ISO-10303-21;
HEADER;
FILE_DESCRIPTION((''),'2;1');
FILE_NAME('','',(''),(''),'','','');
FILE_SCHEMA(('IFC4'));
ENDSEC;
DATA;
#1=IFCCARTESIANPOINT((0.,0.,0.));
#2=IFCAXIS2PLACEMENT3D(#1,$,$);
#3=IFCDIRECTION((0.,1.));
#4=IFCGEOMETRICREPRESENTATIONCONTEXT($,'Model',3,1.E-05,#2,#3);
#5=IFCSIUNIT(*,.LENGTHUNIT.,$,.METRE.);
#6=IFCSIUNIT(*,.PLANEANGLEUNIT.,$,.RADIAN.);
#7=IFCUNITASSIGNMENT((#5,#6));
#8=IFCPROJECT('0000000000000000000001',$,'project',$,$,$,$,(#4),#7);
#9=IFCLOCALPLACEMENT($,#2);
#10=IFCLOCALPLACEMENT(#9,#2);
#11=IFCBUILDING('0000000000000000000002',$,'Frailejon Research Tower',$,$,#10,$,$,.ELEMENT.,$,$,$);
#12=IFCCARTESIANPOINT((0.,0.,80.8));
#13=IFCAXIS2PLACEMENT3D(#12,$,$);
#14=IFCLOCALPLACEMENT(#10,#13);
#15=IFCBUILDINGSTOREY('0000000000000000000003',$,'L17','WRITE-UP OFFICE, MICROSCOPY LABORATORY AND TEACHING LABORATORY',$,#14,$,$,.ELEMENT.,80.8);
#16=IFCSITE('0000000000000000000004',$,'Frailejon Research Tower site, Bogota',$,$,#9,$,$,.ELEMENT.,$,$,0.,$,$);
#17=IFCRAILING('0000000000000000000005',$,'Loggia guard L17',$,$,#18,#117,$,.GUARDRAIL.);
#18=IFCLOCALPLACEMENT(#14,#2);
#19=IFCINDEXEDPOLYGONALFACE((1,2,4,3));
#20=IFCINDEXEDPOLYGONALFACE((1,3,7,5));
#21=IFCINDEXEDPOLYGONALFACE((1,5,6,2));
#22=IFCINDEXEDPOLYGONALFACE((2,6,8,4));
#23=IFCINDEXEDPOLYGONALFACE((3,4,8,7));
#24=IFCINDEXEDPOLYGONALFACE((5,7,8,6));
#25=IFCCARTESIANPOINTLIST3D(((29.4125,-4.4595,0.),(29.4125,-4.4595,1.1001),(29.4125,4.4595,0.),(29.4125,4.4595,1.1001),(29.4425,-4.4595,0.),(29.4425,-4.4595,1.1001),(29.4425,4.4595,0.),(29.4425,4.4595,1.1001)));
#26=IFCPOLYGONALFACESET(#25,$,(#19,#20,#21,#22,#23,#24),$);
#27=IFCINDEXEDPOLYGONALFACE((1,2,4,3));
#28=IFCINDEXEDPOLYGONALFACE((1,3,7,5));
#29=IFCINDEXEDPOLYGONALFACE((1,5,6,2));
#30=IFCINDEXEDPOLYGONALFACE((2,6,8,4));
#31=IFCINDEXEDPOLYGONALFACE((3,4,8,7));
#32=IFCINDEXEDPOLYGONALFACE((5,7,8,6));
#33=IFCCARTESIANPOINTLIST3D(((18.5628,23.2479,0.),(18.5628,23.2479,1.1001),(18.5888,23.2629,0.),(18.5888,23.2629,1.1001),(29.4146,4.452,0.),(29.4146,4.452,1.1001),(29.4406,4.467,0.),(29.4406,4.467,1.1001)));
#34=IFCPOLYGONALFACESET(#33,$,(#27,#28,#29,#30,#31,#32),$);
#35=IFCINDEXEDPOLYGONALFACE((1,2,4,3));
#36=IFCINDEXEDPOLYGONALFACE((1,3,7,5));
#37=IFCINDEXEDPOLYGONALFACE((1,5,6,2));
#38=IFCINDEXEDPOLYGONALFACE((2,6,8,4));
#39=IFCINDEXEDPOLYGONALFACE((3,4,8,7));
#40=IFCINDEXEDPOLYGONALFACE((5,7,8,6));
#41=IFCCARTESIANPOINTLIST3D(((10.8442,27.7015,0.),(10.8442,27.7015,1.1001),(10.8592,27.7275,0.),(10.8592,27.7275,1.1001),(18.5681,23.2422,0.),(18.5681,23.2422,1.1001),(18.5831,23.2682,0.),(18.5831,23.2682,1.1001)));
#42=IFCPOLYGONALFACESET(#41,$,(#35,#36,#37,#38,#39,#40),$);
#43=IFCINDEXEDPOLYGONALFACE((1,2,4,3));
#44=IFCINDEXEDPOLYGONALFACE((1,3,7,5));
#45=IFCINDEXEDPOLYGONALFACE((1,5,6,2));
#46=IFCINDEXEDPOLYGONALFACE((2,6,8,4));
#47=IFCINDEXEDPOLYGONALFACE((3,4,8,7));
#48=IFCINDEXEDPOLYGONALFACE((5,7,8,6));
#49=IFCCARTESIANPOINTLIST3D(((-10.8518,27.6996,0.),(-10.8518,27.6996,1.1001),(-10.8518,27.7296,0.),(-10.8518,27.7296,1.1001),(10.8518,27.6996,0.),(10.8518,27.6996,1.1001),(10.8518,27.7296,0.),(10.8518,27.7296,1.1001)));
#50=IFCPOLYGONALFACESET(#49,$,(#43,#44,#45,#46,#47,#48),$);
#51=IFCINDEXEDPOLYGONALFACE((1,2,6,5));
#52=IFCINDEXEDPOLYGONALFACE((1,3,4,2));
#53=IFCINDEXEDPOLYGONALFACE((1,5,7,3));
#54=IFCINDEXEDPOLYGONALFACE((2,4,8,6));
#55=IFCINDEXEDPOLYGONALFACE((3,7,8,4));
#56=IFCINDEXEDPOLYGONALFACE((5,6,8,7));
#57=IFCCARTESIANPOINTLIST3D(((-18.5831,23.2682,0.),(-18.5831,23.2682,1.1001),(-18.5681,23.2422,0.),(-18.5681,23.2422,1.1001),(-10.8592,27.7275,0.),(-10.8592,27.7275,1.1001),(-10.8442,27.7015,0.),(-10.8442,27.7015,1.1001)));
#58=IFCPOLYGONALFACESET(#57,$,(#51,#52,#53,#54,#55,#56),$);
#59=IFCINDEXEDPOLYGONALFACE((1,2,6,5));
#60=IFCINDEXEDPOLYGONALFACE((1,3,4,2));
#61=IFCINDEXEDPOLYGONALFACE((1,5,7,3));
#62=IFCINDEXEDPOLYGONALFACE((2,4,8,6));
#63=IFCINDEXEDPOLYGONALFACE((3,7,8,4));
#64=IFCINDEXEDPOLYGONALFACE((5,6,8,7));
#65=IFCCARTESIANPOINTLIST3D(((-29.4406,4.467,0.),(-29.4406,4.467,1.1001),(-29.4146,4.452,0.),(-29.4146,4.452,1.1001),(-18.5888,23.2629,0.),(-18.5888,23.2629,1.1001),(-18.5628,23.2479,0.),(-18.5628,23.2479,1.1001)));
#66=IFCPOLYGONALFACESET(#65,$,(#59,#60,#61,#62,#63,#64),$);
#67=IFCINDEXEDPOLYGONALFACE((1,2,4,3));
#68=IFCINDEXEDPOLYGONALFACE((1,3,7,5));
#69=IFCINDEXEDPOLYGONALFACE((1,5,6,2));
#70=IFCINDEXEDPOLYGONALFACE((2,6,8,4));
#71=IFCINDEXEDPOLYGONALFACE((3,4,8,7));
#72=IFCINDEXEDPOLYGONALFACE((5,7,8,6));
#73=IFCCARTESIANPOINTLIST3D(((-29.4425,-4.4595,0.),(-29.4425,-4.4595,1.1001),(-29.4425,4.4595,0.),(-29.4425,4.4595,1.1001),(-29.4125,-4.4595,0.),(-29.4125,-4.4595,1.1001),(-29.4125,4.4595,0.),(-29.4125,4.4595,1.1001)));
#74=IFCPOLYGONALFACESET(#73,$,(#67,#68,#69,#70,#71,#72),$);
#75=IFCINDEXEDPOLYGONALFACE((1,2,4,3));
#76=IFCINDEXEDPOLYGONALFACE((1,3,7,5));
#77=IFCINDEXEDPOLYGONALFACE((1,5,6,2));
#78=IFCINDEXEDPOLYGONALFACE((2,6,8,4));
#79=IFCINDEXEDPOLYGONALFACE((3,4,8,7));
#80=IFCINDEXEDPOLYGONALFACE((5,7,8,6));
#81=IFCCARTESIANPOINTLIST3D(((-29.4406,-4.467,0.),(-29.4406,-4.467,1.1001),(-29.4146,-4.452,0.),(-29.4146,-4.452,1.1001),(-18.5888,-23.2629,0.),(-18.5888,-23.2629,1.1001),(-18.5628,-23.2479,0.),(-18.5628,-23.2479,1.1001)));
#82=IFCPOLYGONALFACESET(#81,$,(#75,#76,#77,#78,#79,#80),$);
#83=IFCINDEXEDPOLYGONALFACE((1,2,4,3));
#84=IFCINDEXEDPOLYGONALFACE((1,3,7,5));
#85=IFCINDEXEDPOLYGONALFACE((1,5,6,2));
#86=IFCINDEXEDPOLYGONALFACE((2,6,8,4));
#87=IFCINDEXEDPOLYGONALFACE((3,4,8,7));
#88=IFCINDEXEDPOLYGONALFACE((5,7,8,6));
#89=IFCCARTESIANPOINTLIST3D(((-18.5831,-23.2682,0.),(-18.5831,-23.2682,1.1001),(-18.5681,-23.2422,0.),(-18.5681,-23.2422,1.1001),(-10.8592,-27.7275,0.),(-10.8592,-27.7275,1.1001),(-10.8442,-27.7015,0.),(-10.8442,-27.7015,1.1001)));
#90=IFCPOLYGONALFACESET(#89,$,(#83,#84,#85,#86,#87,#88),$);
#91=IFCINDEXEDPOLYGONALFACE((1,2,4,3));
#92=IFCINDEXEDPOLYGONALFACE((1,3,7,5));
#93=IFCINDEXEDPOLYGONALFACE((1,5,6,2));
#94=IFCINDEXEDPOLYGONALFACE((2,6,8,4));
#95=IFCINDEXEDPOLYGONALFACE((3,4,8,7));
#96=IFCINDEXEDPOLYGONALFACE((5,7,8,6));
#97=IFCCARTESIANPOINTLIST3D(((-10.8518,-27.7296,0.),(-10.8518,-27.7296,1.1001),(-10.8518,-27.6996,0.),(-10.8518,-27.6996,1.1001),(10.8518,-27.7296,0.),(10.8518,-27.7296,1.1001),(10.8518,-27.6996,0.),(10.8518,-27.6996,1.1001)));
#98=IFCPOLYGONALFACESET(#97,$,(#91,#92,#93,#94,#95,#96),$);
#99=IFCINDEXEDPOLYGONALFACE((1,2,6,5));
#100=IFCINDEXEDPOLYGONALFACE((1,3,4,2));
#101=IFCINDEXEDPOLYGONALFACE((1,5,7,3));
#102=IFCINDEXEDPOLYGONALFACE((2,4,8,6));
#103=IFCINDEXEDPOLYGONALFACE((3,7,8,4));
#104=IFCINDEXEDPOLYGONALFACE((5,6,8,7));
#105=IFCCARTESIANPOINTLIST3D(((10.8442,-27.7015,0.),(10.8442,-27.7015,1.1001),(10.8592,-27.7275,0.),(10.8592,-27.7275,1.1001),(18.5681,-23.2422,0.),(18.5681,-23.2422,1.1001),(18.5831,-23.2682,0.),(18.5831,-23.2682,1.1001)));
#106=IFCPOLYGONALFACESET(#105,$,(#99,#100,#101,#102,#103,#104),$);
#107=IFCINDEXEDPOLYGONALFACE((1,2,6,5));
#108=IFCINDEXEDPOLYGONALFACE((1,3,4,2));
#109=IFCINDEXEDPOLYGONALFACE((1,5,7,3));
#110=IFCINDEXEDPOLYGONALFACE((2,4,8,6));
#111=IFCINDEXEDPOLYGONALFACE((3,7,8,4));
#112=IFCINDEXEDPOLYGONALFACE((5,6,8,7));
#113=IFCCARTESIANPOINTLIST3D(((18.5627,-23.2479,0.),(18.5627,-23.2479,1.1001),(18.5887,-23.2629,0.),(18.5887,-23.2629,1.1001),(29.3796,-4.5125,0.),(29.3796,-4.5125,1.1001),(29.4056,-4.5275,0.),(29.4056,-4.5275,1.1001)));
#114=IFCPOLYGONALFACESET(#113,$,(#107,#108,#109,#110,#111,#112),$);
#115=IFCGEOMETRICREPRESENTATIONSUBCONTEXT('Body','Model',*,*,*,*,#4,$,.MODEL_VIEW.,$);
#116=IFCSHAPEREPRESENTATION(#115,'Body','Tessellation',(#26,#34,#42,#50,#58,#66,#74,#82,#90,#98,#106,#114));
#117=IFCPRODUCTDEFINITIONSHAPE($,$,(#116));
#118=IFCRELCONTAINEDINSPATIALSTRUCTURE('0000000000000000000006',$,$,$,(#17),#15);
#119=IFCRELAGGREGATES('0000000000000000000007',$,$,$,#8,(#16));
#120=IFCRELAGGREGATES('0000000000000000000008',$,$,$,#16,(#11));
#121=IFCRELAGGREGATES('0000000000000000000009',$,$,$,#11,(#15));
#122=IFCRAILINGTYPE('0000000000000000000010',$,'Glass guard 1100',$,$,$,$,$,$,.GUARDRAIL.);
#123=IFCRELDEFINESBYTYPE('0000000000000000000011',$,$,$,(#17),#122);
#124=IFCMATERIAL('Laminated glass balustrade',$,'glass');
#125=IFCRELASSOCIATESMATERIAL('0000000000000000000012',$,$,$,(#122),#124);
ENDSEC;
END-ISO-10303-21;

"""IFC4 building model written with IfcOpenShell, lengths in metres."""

from ifc_helpers import new_model, si_unit, direction, frame, origin, origin_2d, place, context, subcontext, project, spatial, rectangle, extrude, material, type_object, element, save


model = new_model("IFC4")

# Units and contexts
model_context = context("Model", 3, precision=1e-05, world=origin(), true_north=direction((0.0, 1.0)))
body_context = subcontext(model_context, "Body", "Model", "MODEL_VIEW")
ifc_project = project(units=[si_unit("LENGTHUNIT", "METRE"), si_unit("PLANEANGLEUNIT", "RADIAN")], contexts=[model_context])

# Site, building, storey
site_placement = place(None, origin())
site = spatial("IfcSite", under=ifc_project, at=site_placement, Name="Frailejon Research Tower site, Bogota", CompositionType="ELEMENT", RefElevation=0.0)
building_placement = place(site_placement, origin())
building = spatial("IfcBuilding", under=site, at=building_placement, Name="Frailejon Research Tower", CompositionType="ELEMENT")
storey_placement = place(building_placement, frame((0.0, 0.0, 80.8)))
storey = spatial("IfcBuildingStorey", under=building, at=storey_placement, Name="L17", Description="WRITE-UP OFFICE, MICROSCOPY LABORATORY AND TEACHING LABORATORY", CompositionType="ELEMENT", Elevation=80.8)

# Railing
ifc_material_1 = material(Name="Laminated glass balustrade", Category="glass")
railing_type = type_object("IfcRailingType", Name="Glass guard 1100", PredefinedType="GUARDRAIL", material=ifc_material_1)
railing_placement = place(storey_placement, frame((29.4275, -4.4595, 0.0)))
element("IfcRailing", 1, at=railing_placement, inside=storey, type_object=railing_type, Name="Loggia guard L17", PredefinedType="GUARDRAIL", context=body_context, shape_type="SweptSolid", body=[
    extrude(rectangle(XDim=8.9189, YDim=0.03, at=origin_2d()), frame((0.0, 4.4595, 0.0), z_axis=(0.0, 0.0, 1.0), x_axis=(0.0, 1.0, 0.0)), (0.0, 0.0, 1.0), 1.1001),
    extrude(rectangle(XDim=21.7036, YDim=0.03, at=origin_2d()), frame((-5.4258, 18.3169, 0.0), z_axis=(0.0, 0.0, 1.0), x_axis=(-0.5, 0.866026, 0.0)), (0.0, 0.0, 1.0), 1.1001),
    extrude(rectangle(XDim=8.9187, YDim=0.03, at=origin_2d()), frame((-14.7139, 29.9443, 0.0), z_axis=(0.0, 0.0, 1.0), x_axis=(-0.866033, 0.499987, 0.0)), (0.0, 0.0, 1.0), 1.1001),
    extrude(rectangle(XDim=21.7036, YDim=0.03, at=origin_2d()), frame((-29.4275, 32.1741, 0.0), z_axis=(0.0, 0.0, 1.0), x_axis=(-1.0, 0.0, 0.0)), (0.0, 0.0, 1.0), 1.1001),
    extrude(rectangle(XDim=8.9187, YDim=0.03, at=origin_2d()), frame((-44.1411, 29.9443, 0.0), z_axis=(0.0, 0.0, 1.0), x_axis=(-0.866033, -0.499987, 0.0)), (0.0, 0.0, 1.0), 1.1001),
    extrude(rectangle(XDim=21.7036, YDim=0.03, at=origin_2d()), frame((-53.4292, 18.3169, 0.0), z_axis=(0.0, 0.0, 1.0), x_axis=(-0.5, -0.866026, 0.0)), (0.0, 0.0, 1.0), 1.1001),
    extrude(rectangle(XDim=8.9189, YDim=0.03, at=origin_2d()), frame((-58.855, 4.4595, 0.0), z_axis=(0.0, 0.0, 1.0), x_axis=(0.0, -1.0, 0.0)), (0.0, 0.0, 1.0), 1.1001),
    extrude(rectangle(XDim=21.7036, YDim=0.03, at=origin_2d()), frame((-53.4292, -9.3979, 0.0), z_axis=(0.0, 0.0, 1.0), x_axis=(0.5, -0.866026, 0.0)), (0.0, 0.0, 1.0), 1.1001),
    extrude(rectangle(XDim=8.9187, YDim=0.03, at=origin_2d()), frame((-44.1411, -21.0254, 0.0), z_axis=(0.0, 0.0, 1.0), x_axis=(0.866033, -0.499987, 0.0)), (0.0, 0.0, 1.0), 1.1001),
    extrude(rectangle(XDim=21.7036, YDim=0.03, at=origin_2d()), frame((-29.4275, -23.2551, 0.0), z_axis=(0.0, 0.0, 1.0), x_axis=(1.0, 0.0, 0.0)), (0.0, 0.0, 1.0), 1.1001),
    extrude(rectangle(XDim=8.9187, YDim=0.03, at=origin_2d()), frame((-14.7139, -21.0254, 0.0), z_axis=(0.0, 0.0, 1.0), x_axis=(0.866033, 0.499987, 0.0)), (0.0, 0.0, 1.0), 1.1001),
    extrude(rectangle(XDim=21.6338, YDim=0.03, at=origin_2d()), frame((-5.4434, -9.4282, 0.0), z_axis=(0.0, 0.0, 1.0), x_axis=(0.500001, 0.866025, 0.0)), (0.0, 0.0, 1.0), 1.1001),
])

save(model, "model.ifc")
